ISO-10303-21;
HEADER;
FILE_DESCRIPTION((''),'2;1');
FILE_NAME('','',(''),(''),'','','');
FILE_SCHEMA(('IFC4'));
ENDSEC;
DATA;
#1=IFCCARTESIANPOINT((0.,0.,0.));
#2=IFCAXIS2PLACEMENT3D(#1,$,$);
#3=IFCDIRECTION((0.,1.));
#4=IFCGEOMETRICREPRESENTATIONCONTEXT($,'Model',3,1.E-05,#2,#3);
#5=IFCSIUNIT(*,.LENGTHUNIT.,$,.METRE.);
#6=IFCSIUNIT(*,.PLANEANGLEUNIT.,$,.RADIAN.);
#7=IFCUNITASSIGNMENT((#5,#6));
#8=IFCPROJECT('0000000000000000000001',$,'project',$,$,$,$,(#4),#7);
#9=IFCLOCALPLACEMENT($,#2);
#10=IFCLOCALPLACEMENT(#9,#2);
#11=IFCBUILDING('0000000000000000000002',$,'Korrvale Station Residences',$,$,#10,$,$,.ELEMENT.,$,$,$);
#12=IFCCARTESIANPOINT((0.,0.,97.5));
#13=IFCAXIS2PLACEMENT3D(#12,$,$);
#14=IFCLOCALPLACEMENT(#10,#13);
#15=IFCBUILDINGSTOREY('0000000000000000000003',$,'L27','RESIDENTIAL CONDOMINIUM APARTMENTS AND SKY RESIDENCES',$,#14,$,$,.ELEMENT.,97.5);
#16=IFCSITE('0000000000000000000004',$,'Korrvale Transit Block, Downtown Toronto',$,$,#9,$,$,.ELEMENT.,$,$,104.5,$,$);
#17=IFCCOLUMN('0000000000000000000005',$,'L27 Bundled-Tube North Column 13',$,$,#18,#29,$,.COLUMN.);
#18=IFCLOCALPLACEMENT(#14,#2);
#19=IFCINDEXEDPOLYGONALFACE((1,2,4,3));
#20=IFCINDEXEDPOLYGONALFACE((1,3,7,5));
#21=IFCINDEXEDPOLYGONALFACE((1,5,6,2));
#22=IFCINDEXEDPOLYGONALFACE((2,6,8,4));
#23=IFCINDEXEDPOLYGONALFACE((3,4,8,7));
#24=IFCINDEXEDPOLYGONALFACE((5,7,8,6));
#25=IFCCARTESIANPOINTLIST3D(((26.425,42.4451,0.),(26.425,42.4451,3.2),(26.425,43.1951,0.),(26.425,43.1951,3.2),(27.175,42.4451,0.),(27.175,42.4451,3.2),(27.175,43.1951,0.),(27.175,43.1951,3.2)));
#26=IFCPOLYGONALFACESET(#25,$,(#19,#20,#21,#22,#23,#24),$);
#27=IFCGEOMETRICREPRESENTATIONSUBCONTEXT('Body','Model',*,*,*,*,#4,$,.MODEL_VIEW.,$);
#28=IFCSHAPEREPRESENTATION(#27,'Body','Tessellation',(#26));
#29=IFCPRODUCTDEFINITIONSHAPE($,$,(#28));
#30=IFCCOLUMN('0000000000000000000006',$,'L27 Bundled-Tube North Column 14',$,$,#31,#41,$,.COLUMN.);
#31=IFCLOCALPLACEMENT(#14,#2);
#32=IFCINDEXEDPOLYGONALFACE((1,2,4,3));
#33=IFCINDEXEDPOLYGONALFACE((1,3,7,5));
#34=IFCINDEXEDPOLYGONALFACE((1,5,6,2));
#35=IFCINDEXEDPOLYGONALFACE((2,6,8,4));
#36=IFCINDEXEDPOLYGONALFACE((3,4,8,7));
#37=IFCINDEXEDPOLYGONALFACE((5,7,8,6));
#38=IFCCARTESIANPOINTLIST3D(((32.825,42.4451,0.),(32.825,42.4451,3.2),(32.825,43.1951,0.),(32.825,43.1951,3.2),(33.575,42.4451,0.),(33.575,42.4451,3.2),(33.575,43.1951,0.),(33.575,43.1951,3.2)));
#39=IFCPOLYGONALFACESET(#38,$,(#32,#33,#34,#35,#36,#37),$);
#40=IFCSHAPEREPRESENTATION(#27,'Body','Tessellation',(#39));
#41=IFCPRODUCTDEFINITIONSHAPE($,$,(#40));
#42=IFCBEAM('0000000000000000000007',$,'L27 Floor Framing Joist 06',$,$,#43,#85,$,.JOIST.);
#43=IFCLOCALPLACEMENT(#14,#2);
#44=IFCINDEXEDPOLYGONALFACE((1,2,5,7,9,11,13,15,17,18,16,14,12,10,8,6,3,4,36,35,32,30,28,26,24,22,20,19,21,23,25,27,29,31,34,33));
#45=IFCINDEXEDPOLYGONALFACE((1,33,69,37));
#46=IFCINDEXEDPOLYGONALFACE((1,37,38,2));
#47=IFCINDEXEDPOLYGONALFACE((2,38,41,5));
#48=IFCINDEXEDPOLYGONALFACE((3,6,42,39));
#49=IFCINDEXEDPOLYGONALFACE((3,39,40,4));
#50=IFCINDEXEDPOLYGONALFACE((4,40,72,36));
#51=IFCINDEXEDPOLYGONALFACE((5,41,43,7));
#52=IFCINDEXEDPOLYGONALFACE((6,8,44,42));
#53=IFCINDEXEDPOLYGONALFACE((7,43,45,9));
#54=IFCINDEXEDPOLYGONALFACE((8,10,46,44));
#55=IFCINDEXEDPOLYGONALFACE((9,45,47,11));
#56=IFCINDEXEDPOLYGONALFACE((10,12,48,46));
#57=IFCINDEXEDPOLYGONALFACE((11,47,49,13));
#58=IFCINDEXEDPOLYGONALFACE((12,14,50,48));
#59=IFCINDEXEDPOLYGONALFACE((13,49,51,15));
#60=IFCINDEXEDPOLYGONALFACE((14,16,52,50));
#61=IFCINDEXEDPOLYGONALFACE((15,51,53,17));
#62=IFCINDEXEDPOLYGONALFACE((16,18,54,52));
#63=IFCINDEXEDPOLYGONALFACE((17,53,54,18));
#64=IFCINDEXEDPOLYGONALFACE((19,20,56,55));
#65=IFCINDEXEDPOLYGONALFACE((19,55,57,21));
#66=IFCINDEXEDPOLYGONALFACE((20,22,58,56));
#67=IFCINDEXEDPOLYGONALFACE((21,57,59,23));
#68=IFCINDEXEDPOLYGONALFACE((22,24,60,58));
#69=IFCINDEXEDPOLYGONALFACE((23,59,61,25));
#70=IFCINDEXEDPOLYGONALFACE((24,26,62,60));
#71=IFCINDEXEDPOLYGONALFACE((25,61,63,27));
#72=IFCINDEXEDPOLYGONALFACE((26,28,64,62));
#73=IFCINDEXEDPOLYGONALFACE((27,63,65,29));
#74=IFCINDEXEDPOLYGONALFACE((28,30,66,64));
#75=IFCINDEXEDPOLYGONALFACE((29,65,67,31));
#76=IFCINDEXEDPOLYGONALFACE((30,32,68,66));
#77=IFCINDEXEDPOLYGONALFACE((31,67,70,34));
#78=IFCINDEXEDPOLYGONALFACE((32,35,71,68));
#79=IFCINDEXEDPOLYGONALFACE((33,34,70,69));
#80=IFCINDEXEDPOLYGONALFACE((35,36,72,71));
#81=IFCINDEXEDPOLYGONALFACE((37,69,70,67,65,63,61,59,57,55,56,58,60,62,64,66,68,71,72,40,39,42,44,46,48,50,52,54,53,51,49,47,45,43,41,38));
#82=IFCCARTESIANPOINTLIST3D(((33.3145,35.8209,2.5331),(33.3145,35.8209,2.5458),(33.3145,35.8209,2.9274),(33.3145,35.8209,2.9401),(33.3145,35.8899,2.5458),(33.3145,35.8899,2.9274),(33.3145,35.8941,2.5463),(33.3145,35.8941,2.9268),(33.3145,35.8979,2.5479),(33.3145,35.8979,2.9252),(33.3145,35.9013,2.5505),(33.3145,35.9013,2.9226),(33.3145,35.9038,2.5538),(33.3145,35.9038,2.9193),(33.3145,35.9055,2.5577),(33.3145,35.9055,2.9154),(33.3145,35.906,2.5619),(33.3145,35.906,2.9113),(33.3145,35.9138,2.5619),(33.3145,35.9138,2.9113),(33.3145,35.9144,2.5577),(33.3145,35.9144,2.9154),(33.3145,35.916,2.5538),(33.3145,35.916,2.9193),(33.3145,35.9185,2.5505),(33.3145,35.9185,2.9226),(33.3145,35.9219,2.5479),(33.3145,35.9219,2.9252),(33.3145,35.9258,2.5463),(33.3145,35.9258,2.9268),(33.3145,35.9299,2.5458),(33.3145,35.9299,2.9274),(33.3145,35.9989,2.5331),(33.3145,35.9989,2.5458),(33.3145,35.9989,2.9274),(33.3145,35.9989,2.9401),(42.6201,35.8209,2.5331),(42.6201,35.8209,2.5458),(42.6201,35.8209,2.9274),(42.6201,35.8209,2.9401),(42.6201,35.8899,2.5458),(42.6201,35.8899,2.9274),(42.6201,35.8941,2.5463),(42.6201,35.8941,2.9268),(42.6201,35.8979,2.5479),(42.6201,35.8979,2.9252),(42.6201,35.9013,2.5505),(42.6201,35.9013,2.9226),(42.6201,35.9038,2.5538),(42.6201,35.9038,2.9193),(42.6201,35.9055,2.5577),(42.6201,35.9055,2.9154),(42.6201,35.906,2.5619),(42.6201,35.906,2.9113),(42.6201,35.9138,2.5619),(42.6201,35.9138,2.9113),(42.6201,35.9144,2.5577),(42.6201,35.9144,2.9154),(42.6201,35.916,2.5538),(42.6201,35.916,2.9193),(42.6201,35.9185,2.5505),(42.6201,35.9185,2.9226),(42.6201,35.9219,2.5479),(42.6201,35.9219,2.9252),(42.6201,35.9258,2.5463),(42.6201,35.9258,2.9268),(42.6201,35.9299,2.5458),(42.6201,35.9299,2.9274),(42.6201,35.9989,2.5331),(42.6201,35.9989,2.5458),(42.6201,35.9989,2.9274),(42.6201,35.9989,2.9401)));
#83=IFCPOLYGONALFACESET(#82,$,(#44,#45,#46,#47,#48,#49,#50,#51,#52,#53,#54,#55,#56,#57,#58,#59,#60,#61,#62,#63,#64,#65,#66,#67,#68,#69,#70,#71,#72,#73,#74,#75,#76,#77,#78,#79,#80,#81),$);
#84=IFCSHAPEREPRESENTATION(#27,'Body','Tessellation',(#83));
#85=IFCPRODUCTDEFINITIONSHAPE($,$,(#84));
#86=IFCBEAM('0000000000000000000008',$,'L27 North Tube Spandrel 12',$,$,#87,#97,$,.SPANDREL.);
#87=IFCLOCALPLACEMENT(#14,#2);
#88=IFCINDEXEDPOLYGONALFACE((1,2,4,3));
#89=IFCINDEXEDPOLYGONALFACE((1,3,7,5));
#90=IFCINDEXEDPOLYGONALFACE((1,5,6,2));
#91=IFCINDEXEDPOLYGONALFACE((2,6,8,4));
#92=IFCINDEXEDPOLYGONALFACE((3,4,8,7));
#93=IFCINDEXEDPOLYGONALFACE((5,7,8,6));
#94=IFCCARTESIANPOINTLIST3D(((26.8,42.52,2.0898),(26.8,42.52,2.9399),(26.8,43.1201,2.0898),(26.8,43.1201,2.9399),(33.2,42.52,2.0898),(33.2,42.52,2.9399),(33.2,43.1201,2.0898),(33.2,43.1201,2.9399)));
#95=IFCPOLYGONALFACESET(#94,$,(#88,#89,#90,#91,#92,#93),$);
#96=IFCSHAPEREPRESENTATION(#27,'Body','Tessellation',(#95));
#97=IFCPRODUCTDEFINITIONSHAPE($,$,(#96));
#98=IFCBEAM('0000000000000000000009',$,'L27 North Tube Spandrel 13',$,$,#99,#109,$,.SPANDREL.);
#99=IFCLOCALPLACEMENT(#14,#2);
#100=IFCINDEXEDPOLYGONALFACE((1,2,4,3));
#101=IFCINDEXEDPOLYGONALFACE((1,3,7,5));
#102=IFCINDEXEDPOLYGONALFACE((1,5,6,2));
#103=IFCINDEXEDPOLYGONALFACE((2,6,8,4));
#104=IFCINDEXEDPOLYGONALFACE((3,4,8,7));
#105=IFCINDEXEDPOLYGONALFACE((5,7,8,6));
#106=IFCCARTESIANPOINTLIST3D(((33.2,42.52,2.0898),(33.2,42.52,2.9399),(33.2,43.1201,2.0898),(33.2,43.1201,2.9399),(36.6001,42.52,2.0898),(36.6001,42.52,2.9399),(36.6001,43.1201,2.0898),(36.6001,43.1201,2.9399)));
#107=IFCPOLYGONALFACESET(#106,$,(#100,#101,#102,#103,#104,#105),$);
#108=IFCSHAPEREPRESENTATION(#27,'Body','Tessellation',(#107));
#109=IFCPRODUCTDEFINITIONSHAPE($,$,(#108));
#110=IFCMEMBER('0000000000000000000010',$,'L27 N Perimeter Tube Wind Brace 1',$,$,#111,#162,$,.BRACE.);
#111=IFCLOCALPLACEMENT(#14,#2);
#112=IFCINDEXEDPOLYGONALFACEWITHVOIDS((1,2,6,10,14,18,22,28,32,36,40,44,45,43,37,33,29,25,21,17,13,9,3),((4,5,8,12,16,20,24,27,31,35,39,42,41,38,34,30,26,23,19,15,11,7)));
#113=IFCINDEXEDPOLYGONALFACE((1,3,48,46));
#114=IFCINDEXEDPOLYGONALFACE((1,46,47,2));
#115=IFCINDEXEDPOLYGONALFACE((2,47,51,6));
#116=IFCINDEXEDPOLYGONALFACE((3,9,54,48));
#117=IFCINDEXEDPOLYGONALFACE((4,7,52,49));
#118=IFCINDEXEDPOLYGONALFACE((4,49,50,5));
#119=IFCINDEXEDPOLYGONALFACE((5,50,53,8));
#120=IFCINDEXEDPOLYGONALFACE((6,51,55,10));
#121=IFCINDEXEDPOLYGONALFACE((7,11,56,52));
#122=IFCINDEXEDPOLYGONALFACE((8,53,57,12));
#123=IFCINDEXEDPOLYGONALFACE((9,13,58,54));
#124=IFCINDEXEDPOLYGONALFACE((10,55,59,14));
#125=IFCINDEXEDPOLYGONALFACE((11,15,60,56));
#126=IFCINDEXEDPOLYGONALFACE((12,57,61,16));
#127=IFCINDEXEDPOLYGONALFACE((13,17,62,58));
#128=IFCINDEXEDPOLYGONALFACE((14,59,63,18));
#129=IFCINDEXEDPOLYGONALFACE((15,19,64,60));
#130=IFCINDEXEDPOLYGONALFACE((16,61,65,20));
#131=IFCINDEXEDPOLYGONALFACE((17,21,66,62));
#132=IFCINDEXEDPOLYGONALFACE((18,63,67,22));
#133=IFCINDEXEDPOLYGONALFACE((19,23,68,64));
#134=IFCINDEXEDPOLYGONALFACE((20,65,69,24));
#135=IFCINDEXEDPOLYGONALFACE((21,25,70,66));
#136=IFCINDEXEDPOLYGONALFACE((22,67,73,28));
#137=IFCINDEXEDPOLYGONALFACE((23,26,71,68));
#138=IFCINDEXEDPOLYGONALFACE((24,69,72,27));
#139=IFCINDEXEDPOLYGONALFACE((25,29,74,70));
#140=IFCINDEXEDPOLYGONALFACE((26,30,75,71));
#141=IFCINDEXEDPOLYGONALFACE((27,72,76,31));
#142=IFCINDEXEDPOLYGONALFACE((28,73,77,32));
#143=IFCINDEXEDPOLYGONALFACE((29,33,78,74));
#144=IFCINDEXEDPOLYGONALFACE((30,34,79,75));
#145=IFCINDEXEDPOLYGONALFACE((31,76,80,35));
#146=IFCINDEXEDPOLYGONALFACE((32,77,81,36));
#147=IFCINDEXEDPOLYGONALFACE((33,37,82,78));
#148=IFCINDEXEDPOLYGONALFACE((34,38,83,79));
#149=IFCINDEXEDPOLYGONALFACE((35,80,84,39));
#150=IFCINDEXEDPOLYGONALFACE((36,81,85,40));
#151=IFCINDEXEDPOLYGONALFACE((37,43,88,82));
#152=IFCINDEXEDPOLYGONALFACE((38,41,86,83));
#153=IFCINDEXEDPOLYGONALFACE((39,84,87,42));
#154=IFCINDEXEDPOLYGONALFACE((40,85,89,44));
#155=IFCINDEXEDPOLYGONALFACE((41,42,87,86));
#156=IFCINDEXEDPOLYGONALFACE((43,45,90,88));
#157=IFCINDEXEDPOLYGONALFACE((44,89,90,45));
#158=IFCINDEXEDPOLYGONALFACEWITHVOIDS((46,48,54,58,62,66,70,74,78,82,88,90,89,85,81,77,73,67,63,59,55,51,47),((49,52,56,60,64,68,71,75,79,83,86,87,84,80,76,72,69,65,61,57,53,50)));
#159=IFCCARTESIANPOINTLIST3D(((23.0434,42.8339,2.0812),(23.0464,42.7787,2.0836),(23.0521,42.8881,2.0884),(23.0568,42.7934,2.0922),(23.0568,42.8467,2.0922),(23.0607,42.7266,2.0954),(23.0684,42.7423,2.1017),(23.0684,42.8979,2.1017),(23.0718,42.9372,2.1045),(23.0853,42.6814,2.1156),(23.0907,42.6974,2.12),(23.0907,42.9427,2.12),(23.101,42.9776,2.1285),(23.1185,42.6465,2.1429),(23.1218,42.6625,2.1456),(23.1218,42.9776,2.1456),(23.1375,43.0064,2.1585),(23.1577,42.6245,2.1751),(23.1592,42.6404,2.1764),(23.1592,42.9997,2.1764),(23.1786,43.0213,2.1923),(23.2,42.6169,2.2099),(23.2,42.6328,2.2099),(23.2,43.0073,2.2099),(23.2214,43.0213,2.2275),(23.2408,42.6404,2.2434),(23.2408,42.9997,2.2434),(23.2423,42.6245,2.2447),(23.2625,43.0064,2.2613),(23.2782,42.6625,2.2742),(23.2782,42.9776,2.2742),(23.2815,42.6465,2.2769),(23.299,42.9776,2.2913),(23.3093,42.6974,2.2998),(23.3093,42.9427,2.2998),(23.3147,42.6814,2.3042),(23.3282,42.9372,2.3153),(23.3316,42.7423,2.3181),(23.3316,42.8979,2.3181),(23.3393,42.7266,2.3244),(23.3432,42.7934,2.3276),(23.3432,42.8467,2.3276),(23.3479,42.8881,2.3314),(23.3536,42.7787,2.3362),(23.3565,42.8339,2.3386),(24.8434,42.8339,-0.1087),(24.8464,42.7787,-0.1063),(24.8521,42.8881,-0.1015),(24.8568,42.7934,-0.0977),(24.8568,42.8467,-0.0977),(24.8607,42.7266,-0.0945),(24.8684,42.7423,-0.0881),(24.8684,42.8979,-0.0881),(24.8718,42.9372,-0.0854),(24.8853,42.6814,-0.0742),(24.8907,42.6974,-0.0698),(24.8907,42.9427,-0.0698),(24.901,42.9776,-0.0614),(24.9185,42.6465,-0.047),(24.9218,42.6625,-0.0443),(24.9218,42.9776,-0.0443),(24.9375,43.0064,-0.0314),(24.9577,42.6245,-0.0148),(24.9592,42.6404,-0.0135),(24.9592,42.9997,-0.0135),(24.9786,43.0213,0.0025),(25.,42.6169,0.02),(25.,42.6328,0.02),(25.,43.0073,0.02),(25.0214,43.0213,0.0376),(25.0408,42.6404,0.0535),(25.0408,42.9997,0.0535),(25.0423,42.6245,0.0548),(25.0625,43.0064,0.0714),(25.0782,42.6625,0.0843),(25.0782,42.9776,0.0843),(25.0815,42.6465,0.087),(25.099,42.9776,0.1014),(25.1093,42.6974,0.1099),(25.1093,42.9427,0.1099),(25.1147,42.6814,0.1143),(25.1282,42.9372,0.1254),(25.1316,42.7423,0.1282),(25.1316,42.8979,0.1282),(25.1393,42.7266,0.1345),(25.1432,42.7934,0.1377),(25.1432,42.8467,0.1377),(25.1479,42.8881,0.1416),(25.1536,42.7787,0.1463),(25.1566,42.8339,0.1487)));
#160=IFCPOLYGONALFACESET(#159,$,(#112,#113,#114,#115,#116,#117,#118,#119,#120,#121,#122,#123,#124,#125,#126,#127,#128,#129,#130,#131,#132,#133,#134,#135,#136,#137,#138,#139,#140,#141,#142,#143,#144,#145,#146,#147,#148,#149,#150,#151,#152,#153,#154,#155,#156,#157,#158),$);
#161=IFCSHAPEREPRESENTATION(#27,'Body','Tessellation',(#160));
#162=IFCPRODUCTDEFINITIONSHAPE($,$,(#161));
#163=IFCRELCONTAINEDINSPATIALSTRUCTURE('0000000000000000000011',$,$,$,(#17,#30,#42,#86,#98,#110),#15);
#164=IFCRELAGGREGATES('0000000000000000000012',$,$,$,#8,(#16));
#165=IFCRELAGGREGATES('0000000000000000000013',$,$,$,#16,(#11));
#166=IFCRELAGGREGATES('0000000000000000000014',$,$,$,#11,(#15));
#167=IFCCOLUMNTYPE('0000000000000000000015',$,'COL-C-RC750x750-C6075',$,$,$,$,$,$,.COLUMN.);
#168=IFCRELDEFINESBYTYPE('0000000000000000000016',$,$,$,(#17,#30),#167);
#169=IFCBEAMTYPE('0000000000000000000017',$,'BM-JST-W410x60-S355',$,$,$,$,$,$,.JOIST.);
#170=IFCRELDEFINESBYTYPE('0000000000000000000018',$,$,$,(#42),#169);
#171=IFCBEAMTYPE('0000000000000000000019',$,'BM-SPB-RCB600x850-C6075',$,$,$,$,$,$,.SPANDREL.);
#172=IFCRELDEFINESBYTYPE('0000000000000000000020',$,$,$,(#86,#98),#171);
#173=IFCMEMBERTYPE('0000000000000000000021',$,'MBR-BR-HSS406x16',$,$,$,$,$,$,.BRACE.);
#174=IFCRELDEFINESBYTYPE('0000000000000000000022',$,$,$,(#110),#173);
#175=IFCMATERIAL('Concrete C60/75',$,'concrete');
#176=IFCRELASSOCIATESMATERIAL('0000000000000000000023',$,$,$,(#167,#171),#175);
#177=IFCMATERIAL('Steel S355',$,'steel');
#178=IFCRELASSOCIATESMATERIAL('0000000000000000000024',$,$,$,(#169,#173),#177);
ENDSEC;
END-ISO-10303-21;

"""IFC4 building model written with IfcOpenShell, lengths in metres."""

from ifc_helpers import new_model, si_unit, direction, frame, origin, origin_2d, place, context, subcontext, project, spatial, rectangle, hollow_circle, i_section, extrude, material, material_profile, profile_set, type_object, element, save


model = new_model("IFC4")

# Units and contexts
model_context = context("Model", 3, precision=1e-05, world=origin(), true_north=direction((0.0, 1.0)))
body_context = subcontext(model_context, "Body", "Model", "MODEL_VIEW")
ifc_project = project(units=[si_unit("LENGTHUNIT", "METRE"), si_unit("PLANEANGLEUNIT", "RADIAN")], contexts=[model_context])

# Site, building, storey
site_placement = place(None, origin())
site = spatial("IfcSite", under=ifc_project, at=site_placement, Name="Korrvale Transit Block, Downtown Toronto", CompositionType="ELEMENT", RefElevation=104.5)
building_placement = place(site_placement, origin())
building = spatial("IfcBuilding", under=site, at=building_placement, Name="Korrvale Station Residences", CompositionType="ELEMENT")
storey_placement = place(building_placement, frame((0.0, 0.0, 97.5)))
storey = spatial("IfcBuildingStorey", under=building, at=storey_placement, Name="L27", Description="RESIDENTIAL CONDOMINIUM APARTMENTS AND SKY RESIDENCES", CompositionType="ELEMENT", Elevation=97.5)

# Columns
ifc_material_1 = material(Name="Concrete C60/75", Category="concrete")
ifc_material_profile_1 = material_profile(ifc_material_1, rectangle(XDim=0.75, YDim=0.75, at=origin_2d()), Name="RC750x750")
ifc_profile_set_1 = profile_set([ifc_material_profile_1], Name="Concrete C60/75")
column_type = type_object("IfcColumnType", Name="COL-C-RC750x750-C6075", PredefinedType="COLUMN", material=ifc_profile_set_1)
for number, where, z_axis, x_axis, name in (
    (1, (26.8, 42.8201, 0.0), (0.0, 0.0, 1.0), (1.0, 0.0, 0.0), "L27 Bundled-Tube North Column 13"),
    (2, (33.2, 42.8201, 0.0), (0.0, 0.0, 1.0), (1.0, 0.0, 0.0), "L27 Bundled-Tube North Column 14"),
):
    element("IfcColumn", number, at=place(storey_placement, frame(where, z_axis=z_axis, x_axis=x_axis)), inside=storey, type_object=column_type, Name=name, PredefinedType="COLUMN", context=body_context, shape_type="SweptSolid", body=[
        extrude(rectangle(XDim=0.75, YDim=0.75, at=origin_2d()), origin(), (0.0, 0.0, 1.0), 3.2),
    ])

# Beams
ifc_material_2 = material(Name="Steel S355", Category="steel")
ifc_material_profile_2 = material_profile(ifc_material_2, i_section(OverallWidth=0.178, OverallDepth=0.407, WebThickness=0.0078, FlangeThickness=0.0127, FilletRadius=0.0161, at=origin_2d()), Name="W410x60")
ifc_profile_set_2 = profile_set([ifc_material_profile_2], Name="Steel S355")
beam_type_1 = type_object("IfcBeamType", Name="BM-JST-W410x60-S355", PredefinedType="JOIST", material=ifc_profile_set_2)
beam_1_placement = place(storey_placement, frame((33.3145, 35.9099, 2.7366), z_axis=(1.0, 0.0, 0.0), x_axis=(0.0, 1.0, 0.0)))
element("IfcBeam", 3, at=beam_1_placement, inside=storey, type_object=beam_type_1, Name="L27 Floor Framing Joist 06", PredefinedType="JOIST", context=body_context, shape_type="SweptSolid", body=[
    extrude(i_section(OverallWidth=0.178, OverallDepth=0.407, WebThickness=0.0078, FlangeThickness=0.0127, FilletRadius=0.0161, at=origin_2d()), origin(), (0.0, 0.0, 1.0), 9.3057),
])
ifc_material_profile_3 = material_profile(ifc_material_1, rectangle(XDim=0.6001, YDim=0.8501, at=origin_2d()), Name="RCB600x850")
ifc_profile_set_3 = profile_set([ifc_material_profile_3], Name="Concrete C60/75")
beam_type_2 = type_object("IfcBeamType", Name="BM-SPB-RCB600x850-C6075", PredefinedType="SPANDREL", material=ifc_profile_set_3)
beam_2_placement = place(storey_placement, frame((26.8, 42.8201, 2.5149), z_axis=(1.0, 0.0, 0.0), x_axis=(0.0, 1.0, 0.0)))
element("IfcBeam", 4, at=beam_2_placement, inside=storey, type_object=beam_type_2, Name="L27 North Tube Spandrel 12", PredefinedType="SPANDREL", context=body_context, shape_type="SweptSolid", body=[
    extrude(rectangle(XDim=0.6001, YDim=0.8501, at=origin_2d()), origin(), (0.0, 0.0, 1.0), 6.3999),
])
beam_3_placement = place(storey_placement, frame((33.2, 42.8201, 2.5149), z_axis=(1.0, 0.0, 0.0), x_axis=(0.0, 1.0, 0.0)))
element("IfcBeam", 5, at=beam_3_placement, inside=storey, type_object=beam_type_2, Name="L27 North Tube Spandrel 13", PredefinedType="SPANDREL", context=body_context, shape_type="SweptSolid", body=[
    extrude(rectangle(XDim=0.6001, YDim=0.8501, at=origin_2d()), origin(), (0.0, 0.0, 1.0), 3.4001),
])

# Member
ifc_material_profile_4 = material_profile(ifc_material_2, hollow_circle(Radius=0.2031, WallThickness=0.0159, at=origin_2d()), Name="HSS406x16")
ifc_profile_set_4 = profile_set([ifc_material_profile_4], Name="Steel S355")
member_type = type_object("IfcMemberType", Name="MBR-BR-HSS406x16", PredefinedType="BRACE", material=ifc_profile_set_4)
for number, where, z_axis, x_axis, name in (
    (6, (25.0, 42.8201, 0.02), (-0.634985, 0.0, 0.772524), (0.0, -1.0, 0.0), "L27 N Perimeter Tube Wind Brace 1"),
):
    element("IfcMember", number, at=place(storey_placement, frame(where, z_axis=z_axis, x_axis=x_axis)), inside=storey, type_object=member_type, Name=name, PredefinedType="BRACE", context=body_context, shape_type="SweptSolid", body=[
        extrude(hollow_circle(Radius=0.2031, WallThickness=0.0159, at=origin_2d()), origin(), (0.0, 0.0, 1.0), 2.8347),
    ])

save(model, "model.ifc")
